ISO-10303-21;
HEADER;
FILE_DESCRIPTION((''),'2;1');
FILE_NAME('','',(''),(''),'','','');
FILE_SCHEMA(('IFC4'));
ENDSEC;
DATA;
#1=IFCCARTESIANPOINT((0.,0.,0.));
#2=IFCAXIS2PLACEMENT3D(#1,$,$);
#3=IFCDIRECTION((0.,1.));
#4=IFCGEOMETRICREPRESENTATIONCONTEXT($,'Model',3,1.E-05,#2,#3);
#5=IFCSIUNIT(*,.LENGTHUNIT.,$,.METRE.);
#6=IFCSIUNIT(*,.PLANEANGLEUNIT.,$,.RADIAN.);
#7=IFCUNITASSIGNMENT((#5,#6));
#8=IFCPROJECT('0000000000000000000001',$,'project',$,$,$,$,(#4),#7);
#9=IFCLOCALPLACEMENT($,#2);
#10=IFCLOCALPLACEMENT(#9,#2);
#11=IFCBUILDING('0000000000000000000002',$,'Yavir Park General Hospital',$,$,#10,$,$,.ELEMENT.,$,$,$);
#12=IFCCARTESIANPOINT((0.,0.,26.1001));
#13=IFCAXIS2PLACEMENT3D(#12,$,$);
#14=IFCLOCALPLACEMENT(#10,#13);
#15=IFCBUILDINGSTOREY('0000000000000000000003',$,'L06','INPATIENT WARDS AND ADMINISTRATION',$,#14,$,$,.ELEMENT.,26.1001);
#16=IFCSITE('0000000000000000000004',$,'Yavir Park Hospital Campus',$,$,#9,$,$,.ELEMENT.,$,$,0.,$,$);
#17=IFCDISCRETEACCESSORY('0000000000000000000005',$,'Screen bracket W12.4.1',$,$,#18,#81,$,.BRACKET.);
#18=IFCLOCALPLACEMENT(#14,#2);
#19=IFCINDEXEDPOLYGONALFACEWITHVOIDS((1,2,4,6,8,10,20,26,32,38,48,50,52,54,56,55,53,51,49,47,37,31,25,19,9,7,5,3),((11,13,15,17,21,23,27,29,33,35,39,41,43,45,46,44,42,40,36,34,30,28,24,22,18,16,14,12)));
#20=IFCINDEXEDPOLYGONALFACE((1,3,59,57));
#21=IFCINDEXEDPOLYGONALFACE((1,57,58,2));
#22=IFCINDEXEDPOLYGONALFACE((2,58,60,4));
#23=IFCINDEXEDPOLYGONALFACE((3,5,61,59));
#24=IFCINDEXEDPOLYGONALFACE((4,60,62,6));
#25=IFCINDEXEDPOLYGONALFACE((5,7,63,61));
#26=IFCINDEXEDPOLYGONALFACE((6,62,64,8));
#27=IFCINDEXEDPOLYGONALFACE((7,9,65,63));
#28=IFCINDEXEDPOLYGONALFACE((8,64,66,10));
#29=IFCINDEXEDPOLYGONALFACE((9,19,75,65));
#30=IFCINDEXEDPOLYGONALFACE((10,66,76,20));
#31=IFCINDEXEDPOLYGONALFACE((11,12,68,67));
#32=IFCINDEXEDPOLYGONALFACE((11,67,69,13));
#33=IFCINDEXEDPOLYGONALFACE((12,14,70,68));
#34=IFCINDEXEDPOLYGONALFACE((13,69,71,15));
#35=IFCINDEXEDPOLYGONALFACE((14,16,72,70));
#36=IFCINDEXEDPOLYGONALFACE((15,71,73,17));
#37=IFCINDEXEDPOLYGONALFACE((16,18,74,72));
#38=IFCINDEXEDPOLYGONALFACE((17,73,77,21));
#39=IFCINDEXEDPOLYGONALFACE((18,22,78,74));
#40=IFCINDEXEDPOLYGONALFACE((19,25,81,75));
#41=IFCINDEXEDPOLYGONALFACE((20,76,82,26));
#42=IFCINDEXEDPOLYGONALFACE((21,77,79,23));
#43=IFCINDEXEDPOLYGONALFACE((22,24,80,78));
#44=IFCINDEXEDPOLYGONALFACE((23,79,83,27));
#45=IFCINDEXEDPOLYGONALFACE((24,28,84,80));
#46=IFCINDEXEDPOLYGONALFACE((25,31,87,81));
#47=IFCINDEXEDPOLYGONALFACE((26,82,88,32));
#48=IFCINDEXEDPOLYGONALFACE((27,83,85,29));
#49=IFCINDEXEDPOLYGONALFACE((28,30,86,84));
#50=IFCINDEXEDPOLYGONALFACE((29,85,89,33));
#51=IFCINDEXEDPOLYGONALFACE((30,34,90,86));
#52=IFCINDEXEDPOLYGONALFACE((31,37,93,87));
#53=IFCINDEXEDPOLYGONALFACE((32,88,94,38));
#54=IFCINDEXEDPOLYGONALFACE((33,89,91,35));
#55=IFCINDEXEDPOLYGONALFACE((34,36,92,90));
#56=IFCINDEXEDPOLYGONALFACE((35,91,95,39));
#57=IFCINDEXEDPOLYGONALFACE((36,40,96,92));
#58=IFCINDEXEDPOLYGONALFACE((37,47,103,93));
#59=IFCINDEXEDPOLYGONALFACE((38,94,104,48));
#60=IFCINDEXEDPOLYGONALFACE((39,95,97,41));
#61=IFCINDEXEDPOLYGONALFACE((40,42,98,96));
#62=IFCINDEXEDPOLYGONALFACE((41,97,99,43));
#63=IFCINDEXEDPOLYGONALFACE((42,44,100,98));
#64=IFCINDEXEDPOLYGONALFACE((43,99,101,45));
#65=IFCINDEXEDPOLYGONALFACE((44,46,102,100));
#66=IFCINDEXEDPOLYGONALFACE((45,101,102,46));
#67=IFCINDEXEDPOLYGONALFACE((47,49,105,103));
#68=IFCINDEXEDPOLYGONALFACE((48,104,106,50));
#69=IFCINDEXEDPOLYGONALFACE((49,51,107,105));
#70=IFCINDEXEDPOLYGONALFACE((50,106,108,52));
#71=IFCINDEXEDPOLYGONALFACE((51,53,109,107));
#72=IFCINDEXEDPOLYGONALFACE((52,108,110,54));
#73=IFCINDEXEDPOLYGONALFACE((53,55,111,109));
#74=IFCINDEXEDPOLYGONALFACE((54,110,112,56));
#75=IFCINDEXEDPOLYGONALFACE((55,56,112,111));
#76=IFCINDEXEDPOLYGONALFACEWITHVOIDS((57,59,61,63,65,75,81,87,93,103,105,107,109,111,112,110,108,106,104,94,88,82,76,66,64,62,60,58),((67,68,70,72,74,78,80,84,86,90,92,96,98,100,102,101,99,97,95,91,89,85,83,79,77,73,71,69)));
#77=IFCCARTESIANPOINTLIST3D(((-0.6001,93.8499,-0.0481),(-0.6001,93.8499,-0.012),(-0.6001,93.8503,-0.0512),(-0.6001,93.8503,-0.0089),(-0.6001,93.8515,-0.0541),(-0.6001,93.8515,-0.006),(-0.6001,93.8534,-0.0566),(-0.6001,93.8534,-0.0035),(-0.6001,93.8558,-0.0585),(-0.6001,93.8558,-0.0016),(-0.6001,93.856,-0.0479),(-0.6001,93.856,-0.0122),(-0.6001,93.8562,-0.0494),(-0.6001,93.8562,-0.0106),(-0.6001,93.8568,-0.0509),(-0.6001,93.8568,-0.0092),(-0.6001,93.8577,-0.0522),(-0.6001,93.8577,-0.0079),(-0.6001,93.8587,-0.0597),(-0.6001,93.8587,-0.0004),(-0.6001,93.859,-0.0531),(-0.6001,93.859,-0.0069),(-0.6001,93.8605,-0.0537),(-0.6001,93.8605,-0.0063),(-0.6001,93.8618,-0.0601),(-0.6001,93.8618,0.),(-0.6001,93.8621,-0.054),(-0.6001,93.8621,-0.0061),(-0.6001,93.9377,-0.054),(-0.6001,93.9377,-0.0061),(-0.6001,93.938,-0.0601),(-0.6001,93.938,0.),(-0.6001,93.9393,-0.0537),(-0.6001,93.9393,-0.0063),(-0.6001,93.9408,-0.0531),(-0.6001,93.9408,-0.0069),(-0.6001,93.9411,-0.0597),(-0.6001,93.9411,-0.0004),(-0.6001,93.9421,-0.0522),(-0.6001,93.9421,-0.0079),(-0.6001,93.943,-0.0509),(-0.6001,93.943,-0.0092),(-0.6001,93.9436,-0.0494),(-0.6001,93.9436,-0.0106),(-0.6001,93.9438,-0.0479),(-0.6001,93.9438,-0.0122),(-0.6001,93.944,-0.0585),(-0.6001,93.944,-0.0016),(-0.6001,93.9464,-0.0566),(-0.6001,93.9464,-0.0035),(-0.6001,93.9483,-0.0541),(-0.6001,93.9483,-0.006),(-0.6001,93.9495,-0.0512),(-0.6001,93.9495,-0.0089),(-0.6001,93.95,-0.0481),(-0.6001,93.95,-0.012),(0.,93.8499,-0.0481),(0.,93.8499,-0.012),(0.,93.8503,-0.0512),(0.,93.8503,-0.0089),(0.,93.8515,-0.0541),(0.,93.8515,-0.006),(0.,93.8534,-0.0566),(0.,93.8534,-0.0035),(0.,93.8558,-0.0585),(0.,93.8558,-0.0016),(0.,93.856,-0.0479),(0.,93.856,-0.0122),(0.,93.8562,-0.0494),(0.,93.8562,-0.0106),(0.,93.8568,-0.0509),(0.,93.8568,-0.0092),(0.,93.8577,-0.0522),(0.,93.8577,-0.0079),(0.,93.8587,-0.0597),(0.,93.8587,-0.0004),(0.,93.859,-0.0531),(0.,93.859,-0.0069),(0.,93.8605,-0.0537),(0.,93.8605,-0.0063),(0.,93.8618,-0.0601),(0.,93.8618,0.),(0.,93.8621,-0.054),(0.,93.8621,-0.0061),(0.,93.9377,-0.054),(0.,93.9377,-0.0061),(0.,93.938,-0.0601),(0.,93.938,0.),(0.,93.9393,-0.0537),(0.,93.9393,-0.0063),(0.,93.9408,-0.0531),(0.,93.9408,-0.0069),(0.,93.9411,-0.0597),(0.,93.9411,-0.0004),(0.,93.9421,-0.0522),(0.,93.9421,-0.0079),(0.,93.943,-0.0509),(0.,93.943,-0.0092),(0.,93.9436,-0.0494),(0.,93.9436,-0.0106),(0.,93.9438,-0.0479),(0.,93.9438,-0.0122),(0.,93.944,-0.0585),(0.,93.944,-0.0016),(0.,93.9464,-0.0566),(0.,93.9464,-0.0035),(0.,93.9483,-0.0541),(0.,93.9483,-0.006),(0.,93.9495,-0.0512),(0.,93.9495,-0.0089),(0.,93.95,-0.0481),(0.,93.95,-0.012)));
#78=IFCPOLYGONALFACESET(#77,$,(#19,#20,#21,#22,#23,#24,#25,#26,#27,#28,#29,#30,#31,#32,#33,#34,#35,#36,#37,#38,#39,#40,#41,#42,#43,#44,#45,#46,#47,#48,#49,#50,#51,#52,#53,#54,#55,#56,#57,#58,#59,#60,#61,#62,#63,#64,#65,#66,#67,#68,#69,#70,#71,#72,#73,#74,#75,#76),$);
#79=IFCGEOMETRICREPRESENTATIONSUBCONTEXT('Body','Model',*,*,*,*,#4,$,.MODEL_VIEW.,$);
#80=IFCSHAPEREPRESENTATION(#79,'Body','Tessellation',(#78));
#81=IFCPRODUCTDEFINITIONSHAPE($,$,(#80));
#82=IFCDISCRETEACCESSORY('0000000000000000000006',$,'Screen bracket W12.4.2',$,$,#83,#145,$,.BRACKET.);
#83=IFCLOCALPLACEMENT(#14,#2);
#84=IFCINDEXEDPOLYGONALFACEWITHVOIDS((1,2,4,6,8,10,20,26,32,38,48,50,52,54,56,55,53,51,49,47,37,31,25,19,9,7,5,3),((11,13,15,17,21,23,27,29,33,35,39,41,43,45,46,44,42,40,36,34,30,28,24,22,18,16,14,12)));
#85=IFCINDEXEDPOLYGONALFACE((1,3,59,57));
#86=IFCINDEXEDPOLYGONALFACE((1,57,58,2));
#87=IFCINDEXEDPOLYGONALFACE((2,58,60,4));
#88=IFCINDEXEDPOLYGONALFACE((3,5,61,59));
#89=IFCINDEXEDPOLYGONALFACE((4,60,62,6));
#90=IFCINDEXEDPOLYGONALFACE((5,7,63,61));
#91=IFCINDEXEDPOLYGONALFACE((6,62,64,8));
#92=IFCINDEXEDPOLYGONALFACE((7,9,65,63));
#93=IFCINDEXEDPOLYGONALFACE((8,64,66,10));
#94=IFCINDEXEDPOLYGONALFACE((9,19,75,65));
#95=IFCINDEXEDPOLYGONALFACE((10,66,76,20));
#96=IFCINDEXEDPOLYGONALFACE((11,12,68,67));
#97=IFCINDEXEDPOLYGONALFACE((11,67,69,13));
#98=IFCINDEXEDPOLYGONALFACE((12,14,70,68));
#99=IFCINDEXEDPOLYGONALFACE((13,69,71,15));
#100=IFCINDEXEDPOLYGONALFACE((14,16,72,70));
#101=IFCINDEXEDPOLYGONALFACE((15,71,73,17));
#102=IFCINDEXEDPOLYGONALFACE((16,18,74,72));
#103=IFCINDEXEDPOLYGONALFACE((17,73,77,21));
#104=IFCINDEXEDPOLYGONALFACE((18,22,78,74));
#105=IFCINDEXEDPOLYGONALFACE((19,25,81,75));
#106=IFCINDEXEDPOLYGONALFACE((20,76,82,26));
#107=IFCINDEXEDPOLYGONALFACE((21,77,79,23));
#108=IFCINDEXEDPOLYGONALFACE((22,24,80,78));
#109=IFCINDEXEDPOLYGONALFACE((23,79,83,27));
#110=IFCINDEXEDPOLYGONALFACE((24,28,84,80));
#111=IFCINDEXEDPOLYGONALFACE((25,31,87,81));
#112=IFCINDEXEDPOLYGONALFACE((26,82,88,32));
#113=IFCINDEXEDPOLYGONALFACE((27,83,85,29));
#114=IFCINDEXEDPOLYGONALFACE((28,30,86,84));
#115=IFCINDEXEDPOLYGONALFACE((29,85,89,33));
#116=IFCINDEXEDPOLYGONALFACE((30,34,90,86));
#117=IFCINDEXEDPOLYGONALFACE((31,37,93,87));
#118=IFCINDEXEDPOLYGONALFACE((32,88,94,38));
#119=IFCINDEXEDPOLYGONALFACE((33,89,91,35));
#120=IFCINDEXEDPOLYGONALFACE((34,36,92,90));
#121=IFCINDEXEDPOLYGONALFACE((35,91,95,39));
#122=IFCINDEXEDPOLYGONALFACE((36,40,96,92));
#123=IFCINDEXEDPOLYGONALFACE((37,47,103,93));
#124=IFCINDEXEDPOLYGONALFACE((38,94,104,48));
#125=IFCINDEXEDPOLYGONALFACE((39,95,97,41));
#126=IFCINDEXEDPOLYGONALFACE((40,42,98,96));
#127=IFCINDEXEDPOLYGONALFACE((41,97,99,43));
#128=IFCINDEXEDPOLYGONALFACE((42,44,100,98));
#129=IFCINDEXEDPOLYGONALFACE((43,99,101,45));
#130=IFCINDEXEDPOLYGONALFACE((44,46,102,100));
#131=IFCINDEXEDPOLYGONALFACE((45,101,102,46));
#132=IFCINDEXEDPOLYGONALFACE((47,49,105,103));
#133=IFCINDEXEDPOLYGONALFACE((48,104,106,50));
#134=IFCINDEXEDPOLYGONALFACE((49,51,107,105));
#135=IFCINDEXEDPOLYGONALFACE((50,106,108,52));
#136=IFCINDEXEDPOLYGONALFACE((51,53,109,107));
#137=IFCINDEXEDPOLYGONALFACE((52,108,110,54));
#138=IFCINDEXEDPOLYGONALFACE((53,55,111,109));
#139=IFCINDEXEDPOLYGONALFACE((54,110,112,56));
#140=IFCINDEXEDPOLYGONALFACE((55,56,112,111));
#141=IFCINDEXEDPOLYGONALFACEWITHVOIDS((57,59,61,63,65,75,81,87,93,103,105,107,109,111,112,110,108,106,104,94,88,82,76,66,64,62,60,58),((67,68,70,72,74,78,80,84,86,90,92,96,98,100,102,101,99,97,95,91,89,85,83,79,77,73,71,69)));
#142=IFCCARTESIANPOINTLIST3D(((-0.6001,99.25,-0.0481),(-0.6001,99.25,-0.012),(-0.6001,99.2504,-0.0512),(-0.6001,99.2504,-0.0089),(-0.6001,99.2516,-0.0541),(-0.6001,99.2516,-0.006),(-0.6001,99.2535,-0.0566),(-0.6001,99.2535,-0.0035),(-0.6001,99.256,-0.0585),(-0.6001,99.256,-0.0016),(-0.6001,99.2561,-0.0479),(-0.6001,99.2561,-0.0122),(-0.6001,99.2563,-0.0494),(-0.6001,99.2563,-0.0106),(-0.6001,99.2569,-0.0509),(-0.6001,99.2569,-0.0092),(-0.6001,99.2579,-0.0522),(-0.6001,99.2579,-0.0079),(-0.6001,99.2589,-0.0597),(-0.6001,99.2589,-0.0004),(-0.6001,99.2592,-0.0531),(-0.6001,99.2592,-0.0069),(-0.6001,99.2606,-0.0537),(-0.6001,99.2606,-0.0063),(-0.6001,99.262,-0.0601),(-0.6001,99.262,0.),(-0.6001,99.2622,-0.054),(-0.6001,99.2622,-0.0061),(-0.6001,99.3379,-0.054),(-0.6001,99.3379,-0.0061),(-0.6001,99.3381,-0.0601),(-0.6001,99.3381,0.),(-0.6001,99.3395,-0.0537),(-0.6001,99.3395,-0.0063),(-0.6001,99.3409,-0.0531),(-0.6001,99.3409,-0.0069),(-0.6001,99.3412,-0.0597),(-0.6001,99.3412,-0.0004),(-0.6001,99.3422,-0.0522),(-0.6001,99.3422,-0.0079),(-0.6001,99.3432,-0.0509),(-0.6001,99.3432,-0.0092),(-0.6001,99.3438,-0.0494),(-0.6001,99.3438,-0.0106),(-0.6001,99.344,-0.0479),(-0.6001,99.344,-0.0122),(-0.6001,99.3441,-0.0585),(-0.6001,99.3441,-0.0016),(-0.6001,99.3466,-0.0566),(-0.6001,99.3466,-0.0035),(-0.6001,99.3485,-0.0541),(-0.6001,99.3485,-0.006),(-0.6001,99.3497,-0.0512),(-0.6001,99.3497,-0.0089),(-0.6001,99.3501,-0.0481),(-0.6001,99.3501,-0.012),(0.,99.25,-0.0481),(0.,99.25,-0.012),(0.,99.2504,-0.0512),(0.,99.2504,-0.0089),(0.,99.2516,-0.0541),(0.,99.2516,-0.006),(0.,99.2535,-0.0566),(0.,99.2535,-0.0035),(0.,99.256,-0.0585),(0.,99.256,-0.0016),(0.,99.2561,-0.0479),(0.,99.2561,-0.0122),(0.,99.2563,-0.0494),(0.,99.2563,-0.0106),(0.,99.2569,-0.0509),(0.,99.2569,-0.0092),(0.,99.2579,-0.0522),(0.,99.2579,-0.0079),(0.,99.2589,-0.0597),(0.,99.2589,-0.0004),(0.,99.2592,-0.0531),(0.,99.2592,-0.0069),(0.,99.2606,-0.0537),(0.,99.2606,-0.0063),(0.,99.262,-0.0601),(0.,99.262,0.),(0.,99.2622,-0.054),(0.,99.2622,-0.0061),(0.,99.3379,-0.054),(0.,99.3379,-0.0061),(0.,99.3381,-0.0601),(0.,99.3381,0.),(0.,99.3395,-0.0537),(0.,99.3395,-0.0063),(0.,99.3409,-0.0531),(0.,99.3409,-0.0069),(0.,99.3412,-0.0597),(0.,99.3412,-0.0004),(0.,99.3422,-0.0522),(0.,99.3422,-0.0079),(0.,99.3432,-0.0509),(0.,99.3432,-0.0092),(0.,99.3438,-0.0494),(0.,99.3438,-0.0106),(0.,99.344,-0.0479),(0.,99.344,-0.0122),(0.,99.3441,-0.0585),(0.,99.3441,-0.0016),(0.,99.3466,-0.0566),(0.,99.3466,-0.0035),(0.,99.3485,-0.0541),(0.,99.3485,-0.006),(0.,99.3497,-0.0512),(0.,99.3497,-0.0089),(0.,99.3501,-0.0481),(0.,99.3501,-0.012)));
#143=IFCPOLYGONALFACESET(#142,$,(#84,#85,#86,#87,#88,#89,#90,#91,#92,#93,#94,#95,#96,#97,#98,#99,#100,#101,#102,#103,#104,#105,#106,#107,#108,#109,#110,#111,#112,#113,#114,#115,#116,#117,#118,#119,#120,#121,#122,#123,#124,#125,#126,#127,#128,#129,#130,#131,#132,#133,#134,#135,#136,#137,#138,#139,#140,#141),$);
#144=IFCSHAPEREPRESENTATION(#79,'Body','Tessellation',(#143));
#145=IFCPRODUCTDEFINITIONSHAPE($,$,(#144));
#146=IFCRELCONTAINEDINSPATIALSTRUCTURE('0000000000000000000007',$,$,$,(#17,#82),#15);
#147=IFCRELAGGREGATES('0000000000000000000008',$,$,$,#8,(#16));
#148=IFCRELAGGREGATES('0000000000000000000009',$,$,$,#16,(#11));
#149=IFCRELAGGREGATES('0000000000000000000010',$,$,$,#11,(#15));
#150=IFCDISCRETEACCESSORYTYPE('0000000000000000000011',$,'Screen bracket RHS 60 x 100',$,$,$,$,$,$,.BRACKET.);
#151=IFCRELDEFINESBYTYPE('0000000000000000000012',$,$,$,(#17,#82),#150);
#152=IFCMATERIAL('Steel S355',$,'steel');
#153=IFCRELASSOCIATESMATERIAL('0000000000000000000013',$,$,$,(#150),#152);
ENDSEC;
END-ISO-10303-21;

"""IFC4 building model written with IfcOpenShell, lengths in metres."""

from ifc_helpers import new_model, si_unit, direction, frame, origin, origin_2d, place, context, subcontext, project, spatial, hollow_rectangle, extrude, material, material_profile, profile_set, type_object, element, save


model = new_model("IFC4")

# Units and contexts
model_context = context("Model", 3, precision=1e-05, world=origin(), true_north=direction((0.0, 1.0)))
body_context = subcontext(model_context, "Body", "Model", "MODEL_VIEW")
ifc_project = project(units=[si_unit("LENGTHUNIT", "METRE"), si_unit("PLANEANGLEUNIT", "RADIAN")], contexts=[model_context])

# Site, building, storey
site_placement = place(None, origin())
site = spatial("IfcSite", under=ifc_project, at=site_placement, Name="Yavir Park Hospital Campus", CompositionType="ELEMENT", RefElevation=0.0)
building_placement = place(site_placement, origin())
building = spatial("IfcBuilding", under=site, at=building_placement, Name="Yavir Park General Hospital", CompositionType="ELEMENT")
storey_placement = place(building_placement, frame((0.0, 0.0, 26.1001)))
storey = spatial("IfcBuildingStorey", under=building, at=storey_placement, Name="L06", Description="INPATIENT WARDS AND ADMINISTRATION", CompositionType="ELEMENT", Elevation=26.1001)

# Discrete accessories
ifc_material_1 = material(Name="Steel S355", Category="steel")
ifc_material_profile_1 = material_profile(ifc_material_1, hollow_rectangle(XDim=0.1001, YDim=0.0601, WallThickness=0.0061, InnerFilletRadius=0.0061, OuterFilletRadius=0.012, at=origin_2d()), Name="RHS60x100x6")
ifc_profile_set_1 = profile_set([ifc_material_profile_1], Name="Steel S355")
discrete_accessory_type = type_object("IfcDiscreteAccessoryType", Name="Screen bracket RHS 60 x 100", PredefinedType="BRACKET", material=ifc_profile_set_1)
for number, where, z_axis, x_axis, name in (
    (1, (0.0, 93.8999, -0.03), (-1.0, 0.0, 0.0), (0.0, -1.0, 0.0), "Screen bracket W12.4.1"),
    (2, (0.0, 99.3, -0.03), (-1.0, 0.0, 0.0), (0.0, -1.0, 0.0), "Screen bracket W12.4.2"),
):
    element("IfcDiscreteAccessory", number, at=place(storey_placement, frame(where, z_axis=z_axis, x_axis=x_axis)), inside=storey, type_object=discrete_accessory_type, Name=name, PredefinedType="BRACKET", context=body_context, shape_type="SweptSolid", body=[
        extrude(hollow_rectangle(XDim=0.1001, YDim=0.0601, WallThickness=0.0061, InnerFilletRadius=0.0061, OuterFilletRadius=0.012, at=origin_2d()), origin(), (0.0, 0.0, 1.0), 0.6001),
    ])

save(model, "model.ifc")
